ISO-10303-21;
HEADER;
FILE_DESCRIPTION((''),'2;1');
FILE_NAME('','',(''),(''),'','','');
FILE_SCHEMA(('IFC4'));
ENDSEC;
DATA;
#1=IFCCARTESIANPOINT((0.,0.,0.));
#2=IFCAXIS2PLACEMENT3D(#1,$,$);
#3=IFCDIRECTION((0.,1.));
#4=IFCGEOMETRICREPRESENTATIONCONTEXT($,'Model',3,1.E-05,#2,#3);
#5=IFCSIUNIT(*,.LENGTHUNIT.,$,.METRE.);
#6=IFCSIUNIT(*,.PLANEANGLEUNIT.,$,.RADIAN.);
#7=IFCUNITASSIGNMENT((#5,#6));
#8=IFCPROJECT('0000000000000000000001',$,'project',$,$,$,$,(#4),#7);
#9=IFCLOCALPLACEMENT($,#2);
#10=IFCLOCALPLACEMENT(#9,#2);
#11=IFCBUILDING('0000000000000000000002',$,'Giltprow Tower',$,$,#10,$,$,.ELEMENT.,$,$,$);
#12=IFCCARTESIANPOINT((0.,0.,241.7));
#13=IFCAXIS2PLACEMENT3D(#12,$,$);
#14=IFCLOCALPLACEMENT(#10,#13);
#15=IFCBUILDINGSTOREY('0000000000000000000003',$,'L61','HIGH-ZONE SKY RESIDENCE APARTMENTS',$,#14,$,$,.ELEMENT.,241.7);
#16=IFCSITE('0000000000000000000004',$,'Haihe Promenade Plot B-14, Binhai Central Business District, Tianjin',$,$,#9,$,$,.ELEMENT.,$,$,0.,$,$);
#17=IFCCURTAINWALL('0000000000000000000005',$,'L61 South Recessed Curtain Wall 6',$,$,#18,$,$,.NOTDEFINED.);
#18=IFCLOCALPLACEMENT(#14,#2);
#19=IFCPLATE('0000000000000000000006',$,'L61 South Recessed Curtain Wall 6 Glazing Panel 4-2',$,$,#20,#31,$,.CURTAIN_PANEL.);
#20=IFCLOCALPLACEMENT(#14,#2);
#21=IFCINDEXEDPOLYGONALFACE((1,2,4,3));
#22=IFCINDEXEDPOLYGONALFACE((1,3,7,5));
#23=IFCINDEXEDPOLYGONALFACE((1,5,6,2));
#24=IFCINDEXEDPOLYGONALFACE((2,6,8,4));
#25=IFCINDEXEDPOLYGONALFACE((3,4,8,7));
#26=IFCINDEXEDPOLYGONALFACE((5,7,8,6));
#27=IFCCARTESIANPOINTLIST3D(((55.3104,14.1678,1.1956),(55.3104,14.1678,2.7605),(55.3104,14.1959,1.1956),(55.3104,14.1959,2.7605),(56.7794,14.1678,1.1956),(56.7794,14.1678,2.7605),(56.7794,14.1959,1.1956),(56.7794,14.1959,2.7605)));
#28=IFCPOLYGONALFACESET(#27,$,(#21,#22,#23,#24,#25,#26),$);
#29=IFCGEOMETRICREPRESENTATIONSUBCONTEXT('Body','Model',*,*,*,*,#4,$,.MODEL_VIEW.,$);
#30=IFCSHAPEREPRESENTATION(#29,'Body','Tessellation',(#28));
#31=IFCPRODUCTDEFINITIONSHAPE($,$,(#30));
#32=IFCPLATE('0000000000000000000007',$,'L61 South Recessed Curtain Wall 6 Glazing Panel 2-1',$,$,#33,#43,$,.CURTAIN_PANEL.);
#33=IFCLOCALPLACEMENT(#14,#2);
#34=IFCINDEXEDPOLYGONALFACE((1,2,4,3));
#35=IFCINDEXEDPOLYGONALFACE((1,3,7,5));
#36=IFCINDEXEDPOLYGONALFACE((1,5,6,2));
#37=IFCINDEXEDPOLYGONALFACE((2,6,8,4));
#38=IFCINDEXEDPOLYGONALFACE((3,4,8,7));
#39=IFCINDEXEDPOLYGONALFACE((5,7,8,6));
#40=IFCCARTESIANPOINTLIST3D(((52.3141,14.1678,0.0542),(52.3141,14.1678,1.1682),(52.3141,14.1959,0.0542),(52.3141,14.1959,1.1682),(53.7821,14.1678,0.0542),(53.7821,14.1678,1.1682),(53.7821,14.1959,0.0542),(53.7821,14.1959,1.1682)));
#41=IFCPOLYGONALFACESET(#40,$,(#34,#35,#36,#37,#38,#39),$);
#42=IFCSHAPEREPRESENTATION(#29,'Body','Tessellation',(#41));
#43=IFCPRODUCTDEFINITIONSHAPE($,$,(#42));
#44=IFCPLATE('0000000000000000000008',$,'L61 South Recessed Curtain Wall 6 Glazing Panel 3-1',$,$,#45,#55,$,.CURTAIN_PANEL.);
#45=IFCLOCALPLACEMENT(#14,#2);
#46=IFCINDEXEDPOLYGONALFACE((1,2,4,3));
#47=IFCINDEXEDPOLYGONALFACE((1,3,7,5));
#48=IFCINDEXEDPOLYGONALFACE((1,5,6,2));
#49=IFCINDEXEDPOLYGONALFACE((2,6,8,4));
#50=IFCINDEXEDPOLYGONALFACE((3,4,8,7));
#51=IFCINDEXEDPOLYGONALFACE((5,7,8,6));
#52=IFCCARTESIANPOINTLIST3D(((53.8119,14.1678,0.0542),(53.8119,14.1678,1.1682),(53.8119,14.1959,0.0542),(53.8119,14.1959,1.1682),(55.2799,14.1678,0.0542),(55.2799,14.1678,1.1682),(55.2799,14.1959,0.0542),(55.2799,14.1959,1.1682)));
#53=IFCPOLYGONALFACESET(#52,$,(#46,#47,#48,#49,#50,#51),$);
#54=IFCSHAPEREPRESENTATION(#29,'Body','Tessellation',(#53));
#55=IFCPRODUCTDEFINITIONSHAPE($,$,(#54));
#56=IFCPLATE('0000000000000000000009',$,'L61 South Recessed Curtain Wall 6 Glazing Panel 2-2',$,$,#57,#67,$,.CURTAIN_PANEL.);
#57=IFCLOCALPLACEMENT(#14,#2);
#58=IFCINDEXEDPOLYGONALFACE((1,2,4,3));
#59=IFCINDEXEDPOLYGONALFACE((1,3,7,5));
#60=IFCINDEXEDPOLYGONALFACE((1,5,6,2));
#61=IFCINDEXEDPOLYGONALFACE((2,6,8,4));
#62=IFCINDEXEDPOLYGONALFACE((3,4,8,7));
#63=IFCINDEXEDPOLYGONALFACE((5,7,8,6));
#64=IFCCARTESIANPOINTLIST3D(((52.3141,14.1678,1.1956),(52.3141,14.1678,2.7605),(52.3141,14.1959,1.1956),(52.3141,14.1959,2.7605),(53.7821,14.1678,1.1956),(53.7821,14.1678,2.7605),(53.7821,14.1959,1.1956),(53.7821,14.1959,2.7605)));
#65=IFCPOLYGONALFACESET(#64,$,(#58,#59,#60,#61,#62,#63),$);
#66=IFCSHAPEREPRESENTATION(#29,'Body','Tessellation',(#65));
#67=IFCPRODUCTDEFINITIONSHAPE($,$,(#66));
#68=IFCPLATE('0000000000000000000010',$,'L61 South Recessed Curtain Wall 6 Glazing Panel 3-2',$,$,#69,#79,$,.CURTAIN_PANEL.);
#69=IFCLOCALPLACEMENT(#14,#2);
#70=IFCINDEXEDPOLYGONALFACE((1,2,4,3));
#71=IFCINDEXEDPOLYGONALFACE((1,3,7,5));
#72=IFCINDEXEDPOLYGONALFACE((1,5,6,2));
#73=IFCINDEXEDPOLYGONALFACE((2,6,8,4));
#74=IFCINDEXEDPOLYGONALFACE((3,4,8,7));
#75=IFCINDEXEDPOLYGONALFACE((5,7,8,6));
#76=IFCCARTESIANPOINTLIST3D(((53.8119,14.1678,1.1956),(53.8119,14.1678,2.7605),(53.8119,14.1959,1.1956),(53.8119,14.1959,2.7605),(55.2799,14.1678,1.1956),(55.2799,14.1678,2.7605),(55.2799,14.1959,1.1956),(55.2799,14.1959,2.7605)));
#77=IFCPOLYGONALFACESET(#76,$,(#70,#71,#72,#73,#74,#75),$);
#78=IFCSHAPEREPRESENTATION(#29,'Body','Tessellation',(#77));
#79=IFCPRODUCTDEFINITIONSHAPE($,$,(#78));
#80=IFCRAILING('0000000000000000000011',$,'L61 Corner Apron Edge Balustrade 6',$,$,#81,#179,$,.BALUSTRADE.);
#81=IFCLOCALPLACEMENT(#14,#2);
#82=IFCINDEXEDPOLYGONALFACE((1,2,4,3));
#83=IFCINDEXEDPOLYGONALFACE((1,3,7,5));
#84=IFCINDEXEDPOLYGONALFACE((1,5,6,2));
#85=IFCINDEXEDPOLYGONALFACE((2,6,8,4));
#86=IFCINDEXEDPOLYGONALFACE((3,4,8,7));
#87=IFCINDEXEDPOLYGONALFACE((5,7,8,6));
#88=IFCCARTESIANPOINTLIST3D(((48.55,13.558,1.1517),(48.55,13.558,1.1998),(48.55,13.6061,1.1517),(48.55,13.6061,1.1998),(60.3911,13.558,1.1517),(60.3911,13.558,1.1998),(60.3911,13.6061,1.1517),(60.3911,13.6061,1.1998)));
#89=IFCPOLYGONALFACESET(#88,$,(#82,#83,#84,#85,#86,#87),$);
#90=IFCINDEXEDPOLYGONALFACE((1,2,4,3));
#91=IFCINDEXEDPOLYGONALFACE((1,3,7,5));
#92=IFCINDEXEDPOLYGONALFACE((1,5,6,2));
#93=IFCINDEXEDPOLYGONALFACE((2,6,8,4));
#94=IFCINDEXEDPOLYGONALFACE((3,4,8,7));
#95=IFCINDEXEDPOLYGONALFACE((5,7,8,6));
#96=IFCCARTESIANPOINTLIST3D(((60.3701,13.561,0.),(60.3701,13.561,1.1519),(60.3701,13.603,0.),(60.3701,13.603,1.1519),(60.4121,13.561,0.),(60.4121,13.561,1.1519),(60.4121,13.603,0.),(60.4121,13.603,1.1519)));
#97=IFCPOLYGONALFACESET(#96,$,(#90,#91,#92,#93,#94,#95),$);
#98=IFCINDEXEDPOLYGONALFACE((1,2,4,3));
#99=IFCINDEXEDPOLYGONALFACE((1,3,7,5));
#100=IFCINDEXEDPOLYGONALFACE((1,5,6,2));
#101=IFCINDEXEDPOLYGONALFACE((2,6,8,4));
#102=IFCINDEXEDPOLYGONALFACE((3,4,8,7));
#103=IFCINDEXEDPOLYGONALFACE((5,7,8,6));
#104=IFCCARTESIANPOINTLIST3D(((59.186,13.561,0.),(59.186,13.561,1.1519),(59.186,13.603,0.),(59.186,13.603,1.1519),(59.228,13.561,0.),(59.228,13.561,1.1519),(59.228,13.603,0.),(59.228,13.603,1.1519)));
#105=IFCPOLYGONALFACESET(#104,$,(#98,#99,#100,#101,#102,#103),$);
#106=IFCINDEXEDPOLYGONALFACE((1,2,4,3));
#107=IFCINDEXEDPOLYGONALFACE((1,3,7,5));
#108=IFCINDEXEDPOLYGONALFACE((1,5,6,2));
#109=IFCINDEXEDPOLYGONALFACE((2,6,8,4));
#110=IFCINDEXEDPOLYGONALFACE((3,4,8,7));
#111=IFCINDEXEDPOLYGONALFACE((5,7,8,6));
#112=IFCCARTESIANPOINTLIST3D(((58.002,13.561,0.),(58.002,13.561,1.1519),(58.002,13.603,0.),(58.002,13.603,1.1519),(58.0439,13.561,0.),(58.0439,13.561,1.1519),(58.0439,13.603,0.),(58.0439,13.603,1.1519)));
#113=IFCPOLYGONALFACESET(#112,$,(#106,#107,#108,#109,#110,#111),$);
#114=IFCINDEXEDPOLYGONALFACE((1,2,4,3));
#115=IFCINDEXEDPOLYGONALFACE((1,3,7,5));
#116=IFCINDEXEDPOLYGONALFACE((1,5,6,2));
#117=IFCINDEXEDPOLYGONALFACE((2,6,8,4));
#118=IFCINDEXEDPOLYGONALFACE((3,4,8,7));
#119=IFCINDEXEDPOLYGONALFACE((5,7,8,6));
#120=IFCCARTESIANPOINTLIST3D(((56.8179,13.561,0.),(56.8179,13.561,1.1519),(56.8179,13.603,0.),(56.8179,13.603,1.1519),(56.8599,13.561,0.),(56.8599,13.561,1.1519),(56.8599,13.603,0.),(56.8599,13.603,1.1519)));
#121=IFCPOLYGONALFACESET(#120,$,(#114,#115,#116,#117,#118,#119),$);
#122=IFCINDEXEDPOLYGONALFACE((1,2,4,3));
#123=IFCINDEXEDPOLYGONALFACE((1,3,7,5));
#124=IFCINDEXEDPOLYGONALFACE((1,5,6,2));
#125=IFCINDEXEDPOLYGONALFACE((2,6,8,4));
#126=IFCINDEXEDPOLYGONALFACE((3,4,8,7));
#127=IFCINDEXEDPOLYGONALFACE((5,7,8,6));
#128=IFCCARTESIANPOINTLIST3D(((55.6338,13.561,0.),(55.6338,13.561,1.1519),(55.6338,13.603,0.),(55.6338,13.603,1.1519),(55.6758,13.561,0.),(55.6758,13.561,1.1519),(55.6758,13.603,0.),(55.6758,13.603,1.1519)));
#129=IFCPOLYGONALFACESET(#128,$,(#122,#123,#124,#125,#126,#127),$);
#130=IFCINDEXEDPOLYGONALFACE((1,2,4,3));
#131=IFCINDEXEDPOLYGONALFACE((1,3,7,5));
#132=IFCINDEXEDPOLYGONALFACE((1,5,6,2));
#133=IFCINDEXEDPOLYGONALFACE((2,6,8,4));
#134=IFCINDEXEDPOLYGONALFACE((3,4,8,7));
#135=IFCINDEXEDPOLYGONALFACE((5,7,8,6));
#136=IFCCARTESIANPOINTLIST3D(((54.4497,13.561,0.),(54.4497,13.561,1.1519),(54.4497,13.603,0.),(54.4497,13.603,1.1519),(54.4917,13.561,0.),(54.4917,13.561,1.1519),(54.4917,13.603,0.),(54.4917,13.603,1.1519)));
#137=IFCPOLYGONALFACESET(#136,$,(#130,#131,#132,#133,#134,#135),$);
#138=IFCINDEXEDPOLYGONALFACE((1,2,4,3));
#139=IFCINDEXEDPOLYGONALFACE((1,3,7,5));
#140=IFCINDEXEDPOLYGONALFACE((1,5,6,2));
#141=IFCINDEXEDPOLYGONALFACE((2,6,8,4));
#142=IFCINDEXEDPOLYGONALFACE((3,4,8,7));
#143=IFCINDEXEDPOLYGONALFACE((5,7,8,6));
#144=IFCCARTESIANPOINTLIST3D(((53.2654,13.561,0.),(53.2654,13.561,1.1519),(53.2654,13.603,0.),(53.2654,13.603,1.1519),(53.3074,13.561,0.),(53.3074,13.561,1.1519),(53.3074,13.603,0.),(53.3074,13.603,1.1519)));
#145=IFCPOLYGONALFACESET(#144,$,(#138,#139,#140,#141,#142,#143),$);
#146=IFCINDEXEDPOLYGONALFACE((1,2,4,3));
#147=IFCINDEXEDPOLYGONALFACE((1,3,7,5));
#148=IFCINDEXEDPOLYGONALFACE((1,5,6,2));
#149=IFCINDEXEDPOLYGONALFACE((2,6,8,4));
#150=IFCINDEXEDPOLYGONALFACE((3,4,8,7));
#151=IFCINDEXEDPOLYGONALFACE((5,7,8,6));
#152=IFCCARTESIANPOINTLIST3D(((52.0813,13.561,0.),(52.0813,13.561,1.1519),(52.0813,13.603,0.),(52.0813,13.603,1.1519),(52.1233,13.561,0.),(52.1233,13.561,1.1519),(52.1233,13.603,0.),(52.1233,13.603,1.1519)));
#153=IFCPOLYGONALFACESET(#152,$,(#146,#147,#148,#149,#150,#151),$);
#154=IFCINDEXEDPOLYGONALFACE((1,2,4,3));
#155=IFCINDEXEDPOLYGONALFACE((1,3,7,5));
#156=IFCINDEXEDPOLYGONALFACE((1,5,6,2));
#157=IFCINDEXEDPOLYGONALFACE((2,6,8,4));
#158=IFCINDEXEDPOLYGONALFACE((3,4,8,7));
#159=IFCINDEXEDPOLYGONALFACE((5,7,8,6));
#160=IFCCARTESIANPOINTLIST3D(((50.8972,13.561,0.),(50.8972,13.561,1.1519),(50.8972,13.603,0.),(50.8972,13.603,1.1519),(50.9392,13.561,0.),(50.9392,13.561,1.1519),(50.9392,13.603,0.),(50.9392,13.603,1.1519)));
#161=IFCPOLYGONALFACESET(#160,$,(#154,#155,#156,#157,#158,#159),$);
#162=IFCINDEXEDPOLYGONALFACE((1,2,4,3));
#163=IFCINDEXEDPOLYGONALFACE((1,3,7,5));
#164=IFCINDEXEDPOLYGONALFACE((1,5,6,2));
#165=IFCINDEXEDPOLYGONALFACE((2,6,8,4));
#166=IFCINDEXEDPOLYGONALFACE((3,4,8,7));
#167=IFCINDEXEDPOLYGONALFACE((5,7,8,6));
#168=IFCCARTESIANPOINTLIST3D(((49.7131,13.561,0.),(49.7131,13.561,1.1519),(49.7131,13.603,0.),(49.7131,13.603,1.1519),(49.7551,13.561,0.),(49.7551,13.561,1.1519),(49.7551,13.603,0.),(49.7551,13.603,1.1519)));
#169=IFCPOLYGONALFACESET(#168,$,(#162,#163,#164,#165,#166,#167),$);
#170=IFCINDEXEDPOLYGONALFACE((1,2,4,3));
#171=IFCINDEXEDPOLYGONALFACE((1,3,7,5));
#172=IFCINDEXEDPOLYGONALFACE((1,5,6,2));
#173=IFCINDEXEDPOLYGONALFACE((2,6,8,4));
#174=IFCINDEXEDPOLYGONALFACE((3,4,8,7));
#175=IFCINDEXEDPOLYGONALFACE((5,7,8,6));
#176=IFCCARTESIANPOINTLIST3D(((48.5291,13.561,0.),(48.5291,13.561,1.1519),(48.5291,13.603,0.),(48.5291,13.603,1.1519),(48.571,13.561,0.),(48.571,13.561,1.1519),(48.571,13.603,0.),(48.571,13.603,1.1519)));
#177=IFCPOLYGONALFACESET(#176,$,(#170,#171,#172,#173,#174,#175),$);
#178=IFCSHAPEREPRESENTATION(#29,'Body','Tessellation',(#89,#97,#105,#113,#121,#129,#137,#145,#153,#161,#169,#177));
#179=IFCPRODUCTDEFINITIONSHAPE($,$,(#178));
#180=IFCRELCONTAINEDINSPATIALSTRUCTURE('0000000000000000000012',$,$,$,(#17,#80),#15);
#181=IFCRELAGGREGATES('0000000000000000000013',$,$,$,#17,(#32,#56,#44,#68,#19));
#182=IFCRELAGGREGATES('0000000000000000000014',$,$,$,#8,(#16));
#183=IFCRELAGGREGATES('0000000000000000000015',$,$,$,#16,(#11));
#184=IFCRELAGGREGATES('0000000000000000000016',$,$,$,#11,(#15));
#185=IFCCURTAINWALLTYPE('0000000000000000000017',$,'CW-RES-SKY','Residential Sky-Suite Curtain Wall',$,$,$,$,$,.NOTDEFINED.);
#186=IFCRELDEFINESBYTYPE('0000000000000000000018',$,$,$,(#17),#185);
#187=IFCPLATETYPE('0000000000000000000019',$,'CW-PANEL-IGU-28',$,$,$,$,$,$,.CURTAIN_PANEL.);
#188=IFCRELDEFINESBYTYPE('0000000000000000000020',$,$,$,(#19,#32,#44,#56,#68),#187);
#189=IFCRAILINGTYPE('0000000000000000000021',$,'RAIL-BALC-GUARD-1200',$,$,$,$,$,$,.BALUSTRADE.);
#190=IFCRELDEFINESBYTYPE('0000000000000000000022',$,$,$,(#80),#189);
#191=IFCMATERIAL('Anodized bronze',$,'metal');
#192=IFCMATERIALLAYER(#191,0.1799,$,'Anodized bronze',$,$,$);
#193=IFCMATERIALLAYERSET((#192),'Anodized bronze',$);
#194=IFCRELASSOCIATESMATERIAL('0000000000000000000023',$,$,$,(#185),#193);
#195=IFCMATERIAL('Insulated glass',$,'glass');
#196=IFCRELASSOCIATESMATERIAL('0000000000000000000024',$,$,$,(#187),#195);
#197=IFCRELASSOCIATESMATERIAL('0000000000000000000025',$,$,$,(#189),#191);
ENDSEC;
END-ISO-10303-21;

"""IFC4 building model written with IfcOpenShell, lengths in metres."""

from ifc_helpers import new_model, si_unit, direction, frame, origin, origin_2d, place, context, subcontext, project, spatial, rectangle, extrude, source, transform, mapped, material, layer, layer_set, type_object, element, aggregate, save


model = new_model("IFC4")

# Units and contexts
model_context = context("Model", 3, precision=1e-05, world=origin(), true_north=direction((0.0, 1.0)))
body_context = subcontext(model_context, "Body", "Model", "MODEL_VIEW")
ifc_project = project(units=[si_unit("LENGTHUNIT", "METRE"), si_unit("PLANEANGLEUNIT", "RADIAN")], contexts=[model_context])

# Site, building, storey
site_placement = place(None, origin())
site = spatial("IfcSite", under=ifc_project, at=site_placement, Name="Haihe Promenade Plot B-14, Binhai Central Business District, Tianjin", CompositionType="ELEMENT", RefElevation=0.0)
building_placement = place(site_placement, origin())
building = spatial("IfcBuilding", under=site, at=building_placement, Name="Giltprow Tower", CompositionType="ELEMENT")
storey_placement = place(building_placement, frame((0.0, 0.0, 241.7)))
storey = spatial("IfcBuildingStorey", under=building, at=storey_placement, Name="L61", Description="HIGH-ZONE SKY RESIDENCE APARTMENTS", CompositionType="ELEMENT", Elevation=241.7)

# Curtain wall, plates
ifc_material_1 = material(Name="Anodized bronze", Category="metal")
ifc_layer = layer(ifc_material_1, 0.1799, Name="Anodized bronze")
ifc_layer_set = layer_set([ifc_layer], Name="Anodized bronze")
curtain_wall_type = type_object("IfcCurtainWallType", Name="CW-RES-SKY", Description="Residential Sky-Suite Curtain Wall", PredefinedType="NOTDEFINED", material=ifc_layer_set)
curtain_wall_placement = place(storey_placement, origin())
curtain_wall = element("IfcCurtainWall", 1, at=curtain_wall_placement, inside=storey, type_object=curtain_wall_type, Name="L61 South Recessed Curtain Wall 6", PredefinedType="NOTDEFINED")
ifc_material_2 = material(Name="Insulated glass", Category="glass")
plate_type = type_object("IfcPlateType", Name="CW-PANEL-IGU-28", PredefinedType="CURTAIN_PANEL", material=ifc_material_2)
shared_shape_1 = source(origin(), body_context, "Body", "SweptSolid", [
    extrude(rectangle(XDim=1.469, YDim=0.0281, at=origin_2d()), origin(), (0.0, 0.0, 1.0), 1.5649),
])
plate_1_placement = place(storey_placement, frame((56.0449, 14.1819, 1.1956), z_axis=(0.0, 0.0, 1.0), x_axis=(1.0, 0.0, 0.0)))
plate_1 = element("IfcPlate", 2, at=plate_1_placement, type_object=plate_type, Name="L61 South Recessed Curtain Wall 6 Glazing Panel 4-2", PredefinedType="CURTAIN_PANEL", context=body_context, shape_type="MappedRepresentation", body=[
    mapped(shared_shape_1, transform((0.0, 0.0, 0.0), x_axis=(1.0, 0.0, 0.0), y_axis=(0.0, 1.0, 0.0), z_axis=(0.0, 0.0, 1.0), scale=1.0)),
])
shared_shape_2 = source(origin(), body_context, "Body", "SweptSolid", [
    extrude(rectangle(XDim=1.468, YDim=0.0281, at=origin_2d()), origin(), (0.0, 0.0, 1.0), 1.114),
])
plate_2_placement = place(storey_placement, frame((53.0481, 14.1819, 0.0542), z_axis=(0.0, 0.0, 1.0), x_axis=(1.0, 0.0, 0.0)))
plate_2 = element("IfcPlate", 3, at=plate_2_placement, type_object=plate_type, Name="L61 South Recessed Curtain Wall 6 Glazing Panel 2-1", PredefinedType="CURTAIN_PANEL", context=body_context, shape_type="MappedRepresentation", body=[
    mapped(shared_shape_2, transform((0.0, 0.0, 0.0), x_axis=(1.0, 0.0, 0.0), y_axis=(0.0, 1.0, 0.0), z_axis=(0.0, 0.0, 1.0), scale=1.0)),
])
plate_3_placement = place(storey_placement, frame((54.5459, 14.1819, 0.0542), z_axis=(0.0, 0.0, 1.0), x_axis=(1.0, 0.0, 0.0)))
plate_3 = element("IfcPlate", 4, at=plate_3_placement, type_object=plate_type, Name="L61 South Recessed Curtain Wall 6 Glazing Panel 3-1", PredefinedType="CURTAIN_PANEL", context=body_context, shape_type="MappedRepresentation", body=[
    mapped(shared_shape_2, transform((0.0, 0.0, 0.0), x_axis=(1.0, 0.0, 0.0), y_axis=(0.0, 1.0, 0.0), z_axis=(0.0, 0.0, 1.0), scale=1.0)),
])
shared_shape_3 = source(origin(), body_context, "Body", "SweptSolid", [
    extrude(rectangle(XDim=1.468, YDim=0.0281, at=origin_2d()), origin(), (0.0, 0.0, 1.0), 1.5649),
])
plate_4_placement = place(storey_placement, frame((53.0481, 14.1819, 1.1956), z_axis=(0.0, 0.0, 1.0), x_axis=(1.0, 0.0, 0.0)))
plate_4 = element("IfcPlate", 5, at=plate_4_placement, type_object=plate_type, Name="L61 South Recessed Curtain Wall 6 Glazing Panel 2-2", PredefinedType="CURTAIN_PANEL", context=body_context, shape_type="MappedRepresentation", body=[
    mapped(shared_shape_3, transform((0.0, 0.0, 0.0), x_axis=(1.0, 0.0, 0.0), y_axis=(0.0, 1.0, 0.0), z_axis=(0.0, 0.0, 1.0), scale=1.0)),
])
plate_5_placement = place(storey_placement, frame((54.5459, 14.1819, 1.1956), z_axis=(0.0, 0.0, 1.0), x_axis=(1.0, 0.0, 0.0)))
plate_5 = element("IfcPlate", 6, at=plate_5_placement, type_object=plate_type, Name="L61 South Recessed Curtain Wall 6 Glazing Panel 3-2", PredefinedType="CURTAIN_PANEL", context=body_context, shape_type="MappedRepresentation", body=[
    mapped(shared_shape_3, transform((0.0, 0.0, 0.0), x_axis=(1.0, 0.0, 0.0), y_axis=(0.0, 1.0, 0.0), z_axis=(0.0, 0.0, 1.0), scale=1.0)),
])
aggregate(curtain_wall, [plate_2, plate_4, plate_3, plate_5, plate_1])

# Railing
railing_type = type_object("IfcRailingType", Name="RAIL-BALC-GUARD-1200", PredefinedType="BALUSTRADE", material=ifc_material_1)
railing_placement = place(storey_placement, frame((60.3911, 13.582, 0.0)))
element("IfcRailing", 7, at=railing_placement, inside=storey, type_object=railing_type, Name="L61 Corner Apron Edge Balustrade 6", PredefinedType="BALUSTRADE", context=body_context, shape_type="SweptSolid", body=[
    extrude(rectangle(XDim=0.0481, YDim=0.0481, at=origin_2d()), frame((0.0, 0.0, 1.1758), z_axis=(-1.0, 0.0, 0.0), x_axis=(0.0, -1.0, 0.0)), (0.0, 0.0, 1.0), 11.8411),
    extrude(rectangle(XDim=0.042, YDim=0.042, at=origin_2d()), origin(), (0.0, 0.0, 1.0), 1.1519),
    extrude(rectangle(XDim=0.042, YDim=0.042, at=origin_2d()), frame((-1.1841, 0.0, 0.0)), (0.0, 0.0, 1.0), 1.1519),
    extrude(rectangle(XDim=0.042, YDim=0.042, at=origin_2d()), frame((-2.3682, 0.0, 0.0)), (0.0, 0.0, 1.0), 1.1519),
    extrude(rectangle(XDim=0.042, YDim=0.042, at=origin_2d()), frame((-3.5522, 0.0, 0.0)), (0.0, 0.0, 1.0), 1.1519),
    extrude(rectangle(XDim=0.042, YDim=0.042, at=origin_2d()), frame((-4.7363, 0.0, 0.0)), (0.0, 0.0, 1.0), 1.1519),
    extrude(rectangle(XDim=0.042, YDim=0.042, at=origin_2d()), frame((-5.9204, 0.0, 0.0)), (0.0, 0.0, 1.0), 1.1519),
    extrude(rectangle(XDim=0.042, YDim=0.042, at=origin_2d()), frame((-7.1047, 0.0, 0.0)), (0.0, 0.0, 1.0), 1.1519),
    extrude(rectangle(XDim=0.042, YDim=0.042, at=origin_2d()), frame((-8.2888, 0.0, 0.0)), (0.0, 0.0, 1.0), 1.1519),
    extrude(rectangle(XDim=0.042, YDim=0.042, at=origin_2d()), frame((-9.4729, 0.0, 0.0)), (0.0, 0.0, 1.0), 1.1519),
    extrude(rectangle(XDim=0.042, YDim=0.042, at=origin_2d()), frame((-10.657, 0.0, 0.0)), (0.0, 0.0, 1.0), 1.1519),
    extrude(rectangle(XDim=0.042, YDim=0.042, at=origin_2d()), frame((-11.8411, 0.0, 0.0)), (0.0, 0.0, 1.0), 1.1519),
])

save(model, "model.ifc")
